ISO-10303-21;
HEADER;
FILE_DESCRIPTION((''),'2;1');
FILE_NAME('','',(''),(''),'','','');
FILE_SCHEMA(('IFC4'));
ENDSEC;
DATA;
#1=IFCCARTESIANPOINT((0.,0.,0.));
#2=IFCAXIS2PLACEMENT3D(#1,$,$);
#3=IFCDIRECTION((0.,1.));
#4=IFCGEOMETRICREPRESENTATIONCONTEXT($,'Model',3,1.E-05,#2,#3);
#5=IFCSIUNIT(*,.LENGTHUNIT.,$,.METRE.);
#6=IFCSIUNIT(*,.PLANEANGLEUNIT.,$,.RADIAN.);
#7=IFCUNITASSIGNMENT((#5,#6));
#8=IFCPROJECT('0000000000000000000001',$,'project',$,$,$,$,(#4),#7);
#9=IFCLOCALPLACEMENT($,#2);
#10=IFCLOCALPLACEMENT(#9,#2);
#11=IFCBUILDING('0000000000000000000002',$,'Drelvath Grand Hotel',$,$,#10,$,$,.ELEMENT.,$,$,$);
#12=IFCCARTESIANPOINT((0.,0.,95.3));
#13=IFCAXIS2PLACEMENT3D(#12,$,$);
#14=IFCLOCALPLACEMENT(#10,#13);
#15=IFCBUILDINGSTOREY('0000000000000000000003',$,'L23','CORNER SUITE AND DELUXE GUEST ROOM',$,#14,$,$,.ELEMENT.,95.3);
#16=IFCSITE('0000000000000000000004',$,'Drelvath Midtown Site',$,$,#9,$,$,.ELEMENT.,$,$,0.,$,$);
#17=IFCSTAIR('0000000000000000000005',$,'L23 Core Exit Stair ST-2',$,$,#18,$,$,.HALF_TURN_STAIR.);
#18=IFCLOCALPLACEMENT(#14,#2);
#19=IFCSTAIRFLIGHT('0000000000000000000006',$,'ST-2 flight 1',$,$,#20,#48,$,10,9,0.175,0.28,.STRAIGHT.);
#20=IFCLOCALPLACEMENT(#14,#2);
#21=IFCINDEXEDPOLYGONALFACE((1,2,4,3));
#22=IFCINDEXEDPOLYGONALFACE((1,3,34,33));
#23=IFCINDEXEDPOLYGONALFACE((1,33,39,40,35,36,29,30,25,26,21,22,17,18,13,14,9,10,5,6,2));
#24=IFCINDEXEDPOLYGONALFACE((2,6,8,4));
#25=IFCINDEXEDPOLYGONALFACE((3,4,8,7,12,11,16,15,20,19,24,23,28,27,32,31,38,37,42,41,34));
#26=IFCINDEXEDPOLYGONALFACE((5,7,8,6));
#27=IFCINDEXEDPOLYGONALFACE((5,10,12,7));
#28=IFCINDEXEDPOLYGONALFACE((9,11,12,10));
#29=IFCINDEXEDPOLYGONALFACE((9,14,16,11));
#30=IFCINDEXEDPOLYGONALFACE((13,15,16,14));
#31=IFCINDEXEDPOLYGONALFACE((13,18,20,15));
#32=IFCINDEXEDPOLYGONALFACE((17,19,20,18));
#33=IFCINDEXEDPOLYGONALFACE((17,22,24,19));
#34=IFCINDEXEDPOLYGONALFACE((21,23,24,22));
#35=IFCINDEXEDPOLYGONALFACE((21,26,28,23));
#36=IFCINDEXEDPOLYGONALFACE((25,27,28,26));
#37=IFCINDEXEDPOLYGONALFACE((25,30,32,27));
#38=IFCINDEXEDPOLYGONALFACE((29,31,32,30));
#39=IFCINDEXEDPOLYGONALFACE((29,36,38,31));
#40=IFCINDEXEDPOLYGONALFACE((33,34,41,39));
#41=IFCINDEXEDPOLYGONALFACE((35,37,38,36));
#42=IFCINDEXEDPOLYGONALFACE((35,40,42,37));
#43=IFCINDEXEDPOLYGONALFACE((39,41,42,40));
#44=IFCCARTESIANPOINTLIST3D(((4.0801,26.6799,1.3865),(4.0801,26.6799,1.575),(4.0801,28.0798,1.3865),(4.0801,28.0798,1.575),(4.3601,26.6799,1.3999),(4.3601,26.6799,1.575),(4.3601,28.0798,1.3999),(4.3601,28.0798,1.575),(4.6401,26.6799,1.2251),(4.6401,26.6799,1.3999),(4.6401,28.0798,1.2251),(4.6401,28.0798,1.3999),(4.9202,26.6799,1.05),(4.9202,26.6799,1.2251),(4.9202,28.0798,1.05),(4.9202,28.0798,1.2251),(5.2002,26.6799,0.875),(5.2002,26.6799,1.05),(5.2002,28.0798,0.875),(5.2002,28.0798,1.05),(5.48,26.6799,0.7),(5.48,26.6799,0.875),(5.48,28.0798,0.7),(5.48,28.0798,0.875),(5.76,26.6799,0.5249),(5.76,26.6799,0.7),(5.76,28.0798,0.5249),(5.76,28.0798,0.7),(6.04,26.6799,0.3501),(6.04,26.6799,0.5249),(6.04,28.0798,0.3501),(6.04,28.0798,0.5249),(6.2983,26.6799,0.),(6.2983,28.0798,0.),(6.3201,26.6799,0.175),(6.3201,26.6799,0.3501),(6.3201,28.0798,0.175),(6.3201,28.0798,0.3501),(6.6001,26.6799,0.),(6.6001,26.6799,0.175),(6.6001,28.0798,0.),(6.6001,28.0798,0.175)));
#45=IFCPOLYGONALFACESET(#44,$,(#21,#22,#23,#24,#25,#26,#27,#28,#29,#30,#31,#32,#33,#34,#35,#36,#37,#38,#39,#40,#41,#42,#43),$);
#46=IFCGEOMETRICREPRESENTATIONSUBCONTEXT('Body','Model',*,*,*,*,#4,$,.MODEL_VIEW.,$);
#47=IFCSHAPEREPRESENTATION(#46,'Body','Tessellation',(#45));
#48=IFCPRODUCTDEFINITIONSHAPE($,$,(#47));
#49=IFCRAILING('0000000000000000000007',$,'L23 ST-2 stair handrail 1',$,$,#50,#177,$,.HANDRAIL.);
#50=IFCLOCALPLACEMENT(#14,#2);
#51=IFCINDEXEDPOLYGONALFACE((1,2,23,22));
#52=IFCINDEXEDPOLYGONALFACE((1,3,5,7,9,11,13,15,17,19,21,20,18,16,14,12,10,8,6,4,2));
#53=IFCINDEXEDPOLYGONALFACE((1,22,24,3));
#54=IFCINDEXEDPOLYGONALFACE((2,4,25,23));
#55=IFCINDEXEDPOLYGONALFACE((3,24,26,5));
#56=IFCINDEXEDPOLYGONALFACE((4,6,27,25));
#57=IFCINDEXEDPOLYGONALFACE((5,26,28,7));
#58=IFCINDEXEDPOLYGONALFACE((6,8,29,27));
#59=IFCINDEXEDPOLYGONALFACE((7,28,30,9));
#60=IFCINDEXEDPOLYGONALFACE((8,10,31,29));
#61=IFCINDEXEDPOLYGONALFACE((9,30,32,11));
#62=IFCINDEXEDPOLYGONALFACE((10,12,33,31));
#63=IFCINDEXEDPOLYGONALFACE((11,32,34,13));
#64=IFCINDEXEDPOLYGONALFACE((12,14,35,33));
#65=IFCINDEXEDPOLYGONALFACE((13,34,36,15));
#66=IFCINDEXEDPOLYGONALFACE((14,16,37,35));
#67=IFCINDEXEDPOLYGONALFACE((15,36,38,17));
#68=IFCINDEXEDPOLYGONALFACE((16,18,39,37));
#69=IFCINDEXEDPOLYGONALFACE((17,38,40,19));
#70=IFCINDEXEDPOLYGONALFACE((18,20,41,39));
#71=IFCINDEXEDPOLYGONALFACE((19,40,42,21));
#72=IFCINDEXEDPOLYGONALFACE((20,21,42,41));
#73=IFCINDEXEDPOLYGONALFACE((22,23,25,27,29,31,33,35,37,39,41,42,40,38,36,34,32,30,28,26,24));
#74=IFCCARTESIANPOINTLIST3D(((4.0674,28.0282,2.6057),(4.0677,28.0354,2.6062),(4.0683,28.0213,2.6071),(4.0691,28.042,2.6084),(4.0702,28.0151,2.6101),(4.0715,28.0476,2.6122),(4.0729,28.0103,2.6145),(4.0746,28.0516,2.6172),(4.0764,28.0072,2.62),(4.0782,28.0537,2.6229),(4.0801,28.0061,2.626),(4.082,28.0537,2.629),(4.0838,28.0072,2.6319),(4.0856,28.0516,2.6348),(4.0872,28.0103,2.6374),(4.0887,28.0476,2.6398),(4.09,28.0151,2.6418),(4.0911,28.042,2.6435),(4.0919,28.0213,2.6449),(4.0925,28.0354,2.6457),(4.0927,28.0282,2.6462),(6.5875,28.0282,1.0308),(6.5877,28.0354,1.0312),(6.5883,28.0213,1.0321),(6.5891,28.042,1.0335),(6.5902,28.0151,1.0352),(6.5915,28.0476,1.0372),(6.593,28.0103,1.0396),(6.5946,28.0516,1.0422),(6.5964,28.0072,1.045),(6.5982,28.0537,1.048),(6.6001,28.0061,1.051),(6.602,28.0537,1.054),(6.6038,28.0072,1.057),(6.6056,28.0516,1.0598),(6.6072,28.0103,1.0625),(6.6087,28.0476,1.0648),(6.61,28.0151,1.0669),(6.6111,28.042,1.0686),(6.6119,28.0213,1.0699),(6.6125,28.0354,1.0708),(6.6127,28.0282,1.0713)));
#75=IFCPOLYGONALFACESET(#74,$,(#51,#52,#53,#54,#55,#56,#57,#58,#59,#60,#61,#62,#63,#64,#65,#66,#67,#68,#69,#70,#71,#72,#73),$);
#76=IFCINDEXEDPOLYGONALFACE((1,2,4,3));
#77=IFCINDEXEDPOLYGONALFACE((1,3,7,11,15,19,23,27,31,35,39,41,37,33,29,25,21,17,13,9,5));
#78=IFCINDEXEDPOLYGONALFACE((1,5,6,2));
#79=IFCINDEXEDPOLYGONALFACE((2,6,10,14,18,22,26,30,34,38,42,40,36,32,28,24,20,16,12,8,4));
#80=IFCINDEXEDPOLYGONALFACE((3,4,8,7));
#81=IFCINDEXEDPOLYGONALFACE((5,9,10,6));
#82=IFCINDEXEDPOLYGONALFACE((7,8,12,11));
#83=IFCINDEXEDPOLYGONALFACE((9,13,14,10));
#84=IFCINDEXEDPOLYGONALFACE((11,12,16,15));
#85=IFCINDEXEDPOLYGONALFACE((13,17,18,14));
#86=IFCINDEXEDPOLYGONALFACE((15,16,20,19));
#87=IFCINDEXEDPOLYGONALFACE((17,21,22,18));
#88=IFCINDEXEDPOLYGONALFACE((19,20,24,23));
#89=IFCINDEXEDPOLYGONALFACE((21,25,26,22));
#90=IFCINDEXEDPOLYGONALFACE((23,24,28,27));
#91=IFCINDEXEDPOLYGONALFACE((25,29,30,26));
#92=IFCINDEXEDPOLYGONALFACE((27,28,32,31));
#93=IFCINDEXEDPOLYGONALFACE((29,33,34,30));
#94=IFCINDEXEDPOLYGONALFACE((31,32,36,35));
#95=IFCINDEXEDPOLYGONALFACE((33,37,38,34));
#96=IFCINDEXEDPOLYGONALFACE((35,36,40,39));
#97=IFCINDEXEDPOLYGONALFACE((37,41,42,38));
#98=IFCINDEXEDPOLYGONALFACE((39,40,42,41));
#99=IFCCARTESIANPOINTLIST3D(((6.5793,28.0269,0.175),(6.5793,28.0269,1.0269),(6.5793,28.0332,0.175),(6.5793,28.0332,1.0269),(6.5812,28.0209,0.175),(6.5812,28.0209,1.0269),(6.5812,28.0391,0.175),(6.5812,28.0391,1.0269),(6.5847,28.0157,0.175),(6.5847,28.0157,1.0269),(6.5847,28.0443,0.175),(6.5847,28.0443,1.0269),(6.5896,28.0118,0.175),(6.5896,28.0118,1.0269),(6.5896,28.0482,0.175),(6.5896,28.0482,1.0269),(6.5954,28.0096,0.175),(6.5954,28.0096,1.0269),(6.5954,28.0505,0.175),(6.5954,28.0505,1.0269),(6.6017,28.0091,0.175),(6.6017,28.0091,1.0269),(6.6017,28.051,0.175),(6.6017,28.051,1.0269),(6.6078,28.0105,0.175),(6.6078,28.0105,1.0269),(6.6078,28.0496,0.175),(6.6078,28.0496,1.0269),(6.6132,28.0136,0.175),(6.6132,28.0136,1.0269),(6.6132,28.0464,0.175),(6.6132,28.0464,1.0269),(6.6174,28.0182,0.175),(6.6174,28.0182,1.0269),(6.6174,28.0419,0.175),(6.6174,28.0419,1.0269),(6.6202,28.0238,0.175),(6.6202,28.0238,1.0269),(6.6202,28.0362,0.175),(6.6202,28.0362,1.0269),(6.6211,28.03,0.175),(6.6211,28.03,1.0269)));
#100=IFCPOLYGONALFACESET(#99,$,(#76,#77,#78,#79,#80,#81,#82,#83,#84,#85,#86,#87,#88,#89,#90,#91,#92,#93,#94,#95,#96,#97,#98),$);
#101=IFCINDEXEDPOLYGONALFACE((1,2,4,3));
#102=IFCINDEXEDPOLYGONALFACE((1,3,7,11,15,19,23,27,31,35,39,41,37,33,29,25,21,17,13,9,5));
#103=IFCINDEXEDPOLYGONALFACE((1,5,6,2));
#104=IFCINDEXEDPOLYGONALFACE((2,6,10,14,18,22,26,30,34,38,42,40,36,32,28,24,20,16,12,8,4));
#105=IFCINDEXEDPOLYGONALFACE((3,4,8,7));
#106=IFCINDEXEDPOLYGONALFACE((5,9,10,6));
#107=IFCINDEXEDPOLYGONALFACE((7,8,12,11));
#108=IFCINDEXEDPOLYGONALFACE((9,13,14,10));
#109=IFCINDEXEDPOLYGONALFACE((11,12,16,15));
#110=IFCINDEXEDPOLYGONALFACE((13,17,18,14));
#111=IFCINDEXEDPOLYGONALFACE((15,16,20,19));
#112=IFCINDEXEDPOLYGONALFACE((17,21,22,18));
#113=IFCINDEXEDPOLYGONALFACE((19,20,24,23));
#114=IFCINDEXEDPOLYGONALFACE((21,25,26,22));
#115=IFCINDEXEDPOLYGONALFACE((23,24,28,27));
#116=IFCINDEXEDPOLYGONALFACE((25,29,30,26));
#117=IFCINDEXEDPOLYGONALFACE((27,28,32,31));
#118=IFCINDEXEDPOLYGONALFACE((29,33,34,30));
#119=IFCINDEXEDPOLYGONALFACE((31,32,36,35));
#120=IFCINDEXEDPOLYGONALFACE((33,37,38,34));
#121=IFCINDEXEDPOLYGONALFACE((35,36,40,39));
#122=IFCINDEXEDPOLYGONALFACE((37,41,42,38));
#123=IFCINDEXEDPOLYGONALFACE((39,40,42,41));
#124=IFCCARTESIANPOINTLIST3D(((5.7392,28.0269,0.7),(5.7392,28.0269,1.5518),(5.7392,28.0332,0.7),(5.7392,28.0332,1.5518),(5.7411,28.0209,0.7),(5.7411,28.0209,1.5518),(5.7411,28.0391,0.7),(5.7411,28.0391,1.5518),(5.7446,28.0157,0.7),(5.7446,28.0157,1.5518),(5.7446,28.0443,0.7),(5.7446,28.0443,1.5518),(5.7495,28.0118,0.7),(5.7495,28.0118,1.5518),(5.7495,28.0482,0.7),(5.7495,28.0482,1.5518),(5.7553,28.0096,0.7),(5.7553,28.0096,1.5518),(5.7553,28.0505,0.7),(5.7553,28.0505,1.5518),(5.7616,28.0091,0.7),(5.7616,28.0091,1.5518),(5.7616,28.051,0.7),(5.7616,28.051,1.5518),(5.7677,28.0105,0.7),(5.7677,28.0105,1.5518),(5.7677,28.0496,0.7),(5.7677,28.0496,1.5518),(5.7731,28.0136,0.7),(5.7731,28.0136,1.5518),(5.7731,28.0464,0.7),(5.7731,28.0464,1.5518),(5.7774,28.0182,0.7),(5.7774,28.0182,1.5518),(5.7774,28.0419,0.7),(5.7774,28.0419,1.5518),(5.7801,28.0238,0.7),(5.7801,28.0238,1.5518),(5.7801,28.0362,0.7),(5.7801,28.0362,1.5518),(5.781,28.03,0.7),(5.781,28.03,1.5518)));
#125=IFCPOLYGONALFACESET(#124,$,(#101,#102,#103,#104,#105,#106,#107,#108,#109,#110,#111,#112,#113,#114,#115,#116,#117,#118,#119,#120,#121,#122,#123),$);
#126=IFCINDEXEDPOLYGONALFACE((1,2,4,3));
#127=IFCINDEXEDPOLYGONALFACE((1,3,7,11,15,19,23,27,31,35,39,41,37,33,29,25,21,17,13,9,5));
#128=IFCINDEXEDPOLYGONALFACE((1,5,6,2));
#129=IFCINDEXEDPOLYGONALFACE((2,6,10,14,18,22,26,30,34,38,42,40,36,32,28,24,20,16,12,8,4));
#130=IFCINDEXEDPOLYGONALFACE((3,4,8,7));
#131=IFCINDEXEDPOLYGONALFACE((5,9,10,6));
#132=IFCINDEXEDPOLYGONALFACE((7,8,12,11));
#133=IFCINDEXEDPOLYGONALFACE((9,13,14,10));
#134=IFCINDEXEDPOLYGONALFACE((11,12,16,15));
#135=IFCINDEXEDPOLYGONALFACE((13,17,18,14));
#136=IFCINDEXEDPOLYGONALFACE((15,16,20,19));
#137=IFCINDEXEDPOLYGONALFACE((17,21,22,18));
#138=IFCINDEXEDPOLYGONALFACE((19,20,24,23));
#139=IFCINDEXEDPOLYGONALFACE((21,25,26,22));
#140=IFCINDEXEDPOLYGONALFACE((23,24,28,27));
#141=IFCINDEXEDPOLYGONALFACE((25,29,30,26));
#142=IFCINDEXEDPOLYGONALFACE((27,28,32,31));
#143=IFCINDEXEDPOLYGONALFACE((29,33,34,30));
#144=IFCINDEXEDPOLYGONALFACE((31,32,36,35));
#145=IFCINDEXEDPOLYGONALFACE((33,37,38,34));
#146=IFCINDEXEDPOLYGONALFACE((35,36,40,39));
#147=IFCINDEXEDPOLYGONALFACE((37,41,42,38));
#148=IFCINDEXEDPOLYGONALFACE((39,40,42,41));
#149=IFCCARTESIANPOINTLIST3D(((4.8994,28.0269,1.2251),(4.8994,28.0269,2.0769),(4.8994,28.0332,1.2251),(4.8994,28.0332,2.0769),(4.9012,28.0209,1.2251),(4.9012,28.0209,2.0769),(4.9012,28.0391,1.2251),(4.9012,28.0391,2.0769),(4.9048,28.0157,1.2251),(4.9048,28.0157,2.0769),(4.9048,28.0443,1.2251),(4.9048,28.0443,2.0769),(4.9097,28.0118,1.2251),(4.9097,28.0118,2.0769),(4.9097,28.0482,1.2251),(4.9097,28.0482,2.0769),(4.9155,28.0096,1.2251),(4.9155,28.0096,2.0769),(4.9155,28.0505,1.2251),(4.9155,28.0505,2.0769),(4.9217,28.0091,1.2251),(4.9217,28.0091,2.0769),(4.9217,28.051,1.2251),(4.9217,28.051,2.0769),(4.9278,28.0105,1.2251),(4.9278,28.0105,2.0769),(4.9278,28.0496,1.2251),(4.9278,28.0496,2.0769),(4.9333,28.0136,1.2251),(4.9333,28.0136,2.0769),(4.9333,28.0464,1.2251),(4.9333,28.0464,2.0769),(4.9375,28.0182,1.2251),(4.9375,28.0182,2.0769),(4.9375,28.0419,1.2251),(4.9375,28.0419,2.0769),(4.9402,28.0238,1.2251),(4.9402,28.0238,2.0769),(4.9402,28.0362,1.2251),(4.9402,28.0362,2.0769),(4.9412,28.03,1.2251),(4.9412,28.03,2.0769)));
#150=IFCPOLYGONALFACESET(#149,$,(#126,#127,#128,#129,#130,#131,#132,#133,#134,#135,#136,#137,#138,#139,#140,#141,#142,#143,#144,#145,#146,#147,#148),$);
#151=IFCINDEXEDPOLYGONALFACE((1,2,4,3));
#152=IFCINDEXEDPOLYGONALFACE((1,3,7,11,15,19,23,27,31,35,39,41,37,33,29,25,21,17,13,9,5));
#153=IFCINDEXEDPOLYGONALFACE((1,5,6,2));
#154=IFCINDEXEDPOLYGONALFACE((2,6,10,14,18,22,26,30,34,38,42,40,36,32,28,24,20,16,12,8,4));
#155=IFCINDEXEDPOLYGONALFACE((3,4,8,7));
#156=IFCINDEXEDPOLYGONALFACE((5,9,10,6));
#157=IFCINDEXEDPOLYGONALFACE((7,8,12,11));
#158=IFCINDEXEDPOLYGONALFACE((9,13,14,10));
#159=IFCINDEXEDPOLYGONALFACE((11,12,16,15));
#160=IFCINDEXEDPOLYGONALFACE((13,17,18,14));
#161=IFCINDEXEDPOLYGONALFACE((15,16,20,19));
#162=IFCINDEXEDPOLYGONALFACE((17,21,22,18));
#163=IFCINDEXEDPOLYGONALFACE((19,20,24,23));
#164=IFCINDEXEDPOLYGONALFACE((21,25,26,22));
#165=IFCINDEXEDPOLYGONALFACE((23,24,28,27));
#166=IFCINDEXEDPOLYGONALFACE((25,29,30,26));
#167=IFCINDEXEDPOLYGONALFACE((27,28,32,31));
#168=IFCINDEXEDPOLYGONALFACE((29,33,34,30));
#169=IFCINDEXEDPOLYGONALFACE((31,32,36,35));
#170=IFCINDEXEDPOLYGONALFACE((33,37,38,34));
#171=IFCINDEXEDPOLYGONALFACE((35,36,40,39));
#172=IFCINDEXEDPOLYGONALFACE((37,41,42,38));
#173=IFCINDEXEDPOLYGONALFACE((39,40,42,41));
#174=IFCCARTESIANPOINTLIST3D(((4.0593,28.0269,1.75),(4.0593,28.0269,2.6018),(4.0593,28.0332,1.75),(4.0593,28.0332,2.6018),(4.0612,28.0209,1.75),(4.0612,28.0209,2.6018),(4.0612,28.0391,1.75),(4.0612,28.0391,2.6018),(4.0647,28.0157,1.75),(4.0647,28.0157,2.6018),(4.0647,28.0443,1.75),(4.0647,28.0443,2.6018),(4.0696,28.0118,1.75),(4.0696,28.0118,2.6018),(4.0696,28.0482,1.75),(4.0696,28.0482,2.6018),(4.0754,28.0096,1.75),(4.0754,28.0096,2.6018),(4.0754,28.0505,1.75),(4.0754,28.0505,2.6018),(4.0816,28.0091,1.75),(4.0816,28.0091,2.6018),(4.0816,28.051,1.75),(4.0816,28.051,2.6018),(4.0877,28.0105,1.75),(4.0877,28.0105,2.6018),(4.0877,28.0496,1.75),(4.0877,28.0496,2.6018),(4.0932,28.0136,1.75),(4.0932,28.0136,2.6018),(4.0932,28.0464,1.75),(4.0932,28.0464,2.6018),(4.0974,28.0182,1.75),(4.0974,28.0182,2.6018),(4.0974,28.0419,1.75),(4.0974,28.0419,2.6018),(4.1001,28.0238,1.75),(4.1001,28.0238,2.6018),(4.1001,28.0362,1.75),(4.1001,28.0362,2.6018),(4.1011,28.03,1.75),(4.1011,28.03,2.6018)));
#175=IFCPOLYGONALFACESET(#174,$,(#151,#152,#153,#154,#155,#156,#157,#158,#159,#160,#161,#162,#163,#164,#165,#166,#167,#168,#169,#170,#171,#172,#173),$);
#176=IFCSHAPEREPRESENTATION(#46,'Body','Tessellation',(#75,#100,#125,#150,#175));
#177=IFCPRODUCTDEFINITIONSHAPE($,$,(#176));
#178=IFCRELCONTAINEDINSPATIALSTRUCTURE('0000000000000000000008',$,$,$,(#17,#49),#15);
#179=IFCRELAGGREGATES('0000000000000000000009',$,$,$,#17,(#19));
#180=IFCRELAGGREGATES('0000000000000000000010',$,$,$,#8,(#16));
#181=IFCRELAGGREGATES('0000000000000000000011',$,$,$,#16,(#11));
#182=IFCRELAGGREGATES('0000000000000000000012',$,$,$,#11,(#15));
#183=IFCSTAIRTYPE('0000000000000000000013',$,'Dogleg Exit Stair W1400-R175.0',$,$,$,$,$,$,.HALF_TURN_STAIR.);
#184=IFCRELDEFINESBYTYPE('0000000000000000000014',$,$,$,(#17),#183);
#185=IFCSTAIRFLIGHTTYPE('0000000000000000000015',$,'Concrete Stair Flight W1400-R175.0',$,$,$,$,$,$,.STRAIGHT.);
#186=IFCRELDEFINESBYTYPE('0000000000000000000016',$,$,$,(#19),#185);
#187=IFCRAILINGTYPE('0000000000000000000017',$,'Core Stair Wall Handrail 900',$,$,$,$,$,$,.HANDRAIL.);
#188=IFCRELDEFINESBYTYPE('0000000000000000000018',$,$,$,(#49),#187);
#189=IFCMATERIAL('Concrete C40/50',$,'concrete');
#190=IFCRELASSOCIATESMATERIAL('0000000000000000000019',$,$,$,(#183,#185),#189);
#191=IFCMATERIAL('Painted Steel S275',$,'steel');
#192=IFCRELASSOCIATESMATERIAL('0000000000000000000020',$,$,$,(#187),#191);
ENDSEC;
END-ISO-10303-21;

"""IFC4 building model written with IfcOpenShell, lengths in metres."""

from ifc_helpers import new_model, si_unit, direction, frame, origin, origin_2d, place, context, subcontext, project, spatial, polyline, circle, outline, extrude, material, type_object, element, aggregate, save


model = new_model("IFC4")

# Units and contexts
model_context = context("Model", 3, precision=1e-05, world=origin(), true_north=direction((0.0, 1.0)))
body_context = subcontext(model_context, "Body", "Model", "MODEL_VIEW")
ifc_project = project(units=[si_unit("LENGTHUNIT", "METRE"), si_unit("PLANEANGLEUNIT", "RADIAN")], contexts=[model_context])

# Site, building, storey
site_placement = place(None, origin())
site = spatial("IfcSite", under=ifc_project, at=site_placement, Name="Drelvath Midtown Site", CompositionType="ELEMENT", RefElevation=0.0)
building_placement = place(site_placement, origin())
building = spatial("IfcBuilding", under=site, at=building_placement, Name="Drelvath Grand Hotel", CompositionType="ELEMENT")
storey_placement = place(building_placement, frame((0.0, 0.0, 95.3)))
storey = spatial("IfcBuildingStorey", under=building, at=storey_placement, Name="L23", Description="CORNER SUITE AND DELUXE GUEST ROOM", CompositionType="ELEMENT", Elevation=95.3)

# Shared definitions
ifc_material_1 = material(Name="Concrete C40/50", Category="concrete")

# Shared definitions
ifc_material_2 = material(Name="Painted Steel S275", Category="steel")

# Stair, stair flight
stair_type = type_object("IfcStairType", Name="Dogleg Exit Stair W1400-R175.0", PredefinedType="HALF_TURN_STAIR", material=ifc_material_1)
stair_placement = place(storey_placement, origin())
stair = element("IfcStair", 1, at=stair_placement, inside=storey, type_object=stair_type, Name="L23 Core Exit Stair ST-2", PredefinedType="HALF_TURN_STAIR")
stair_flight_type = type_object("IfcStairFlightType", Name="Concrete Stair Flight W1400-R175.0", PredefinedType="STRAIGHT", material=ifc_material_1)
stair_flight_placement = place(storey_placement, frame((6.6001, 27.3799, 0.0), z_axis=(0.0, 0.0, 1.0), x_axis=(-1.0, 0.0, 0.0)))
stair_flight = element("IfcStairFlight", 2, at=stair_flight_placement, type_object=stair_flight_type, Name="ST-2 flight 1", NumberOfRisers=10, NumberOfTreads=9, PredefinedType="STRAIGHT", RiserHeight=0.175, TreadLength=0.28, context=body_context, shape_type="SweptSolid", body=[
    extrude(outline(polyline([(0.0, 0.0), (0.0, 0.175), (0.28, 0.175), (0.28, 0.3501), (0.5601, 0.3501), (0.5601, 0.5249), (0.8401, 0.5249), (0.8401, 0.7), (1.1201, 0.7), (1.1201, 0.875), (1.3999, 0.875), (1.3999, 1.05), (1.6799, 1.05), (1.6799, 1.2251), (1.96, 1.2251), (1.96, 1.3999), (2.24, 1.3999), (2.24, 1.575), (2.52, 1.575), (2.52, 1.75), (2.52, 1.3865), (0.3018, 0.0), (0.0, 0.0)])), frame((0.0, 0.7, 0.0), z_axis=(0.0, -1.0, 0.0), x_axis=(1.0, 0.0, 0.0)), (0.0, 0.0, 1.0), 1.3999),
])
aggregate(stair, [stair_flight])

# Railing
railing_type_1 = type_object("IfcRailingType", Name="Core Stair Wall Handrail 900", PredefinedType="HANDRAIL", material=ifc_material_2)
railing_1_placement = place(storey_placement, frame((6.6001, 28.03, 0.175)))
element("IfcRailing", 3, at=railing_1_placement, inside=storey, type_object=railing_type_1, Name="L23 ST-2 stair handrail 1", PredefinedType="HANDRAIL", context=body_context, shape_type="SweptSolid", body=[
    extrude(circle(Radius=0.0239, at=origin_2d()), frame((0.0, 0.0, 0.876), z_axis=(-0.848008, 0.0, 0.529984), x_axis=(0.0, -1.0, 0.0)), (0.0, 0.0, 1.0), 2.9717),
    extrude(circle(Radius=0.021, at=origin_2d()), origin(), (0.0, 0.0, 1.0), 0.8518),
    extrude(circle(Radius=0.021, at=origin_2d()), frame((-0.8401, 0.0, 0.5249)), (0.0, 0.0, 1.0), 0.8518),
    extrude(circle(Radius=0.021, at=origin_2d()), frame((-1.6799, 0.0, 1.05)), (0.0, 0.0, 1.0), 0.8518),
    extrude(circle(Radius=0.021, at=origin_2d()), frame((-2.52, 0.0, 1.575)), (0.0, 0.0, 1.0), 0.8518),
])

save(model, "model.ifc")
